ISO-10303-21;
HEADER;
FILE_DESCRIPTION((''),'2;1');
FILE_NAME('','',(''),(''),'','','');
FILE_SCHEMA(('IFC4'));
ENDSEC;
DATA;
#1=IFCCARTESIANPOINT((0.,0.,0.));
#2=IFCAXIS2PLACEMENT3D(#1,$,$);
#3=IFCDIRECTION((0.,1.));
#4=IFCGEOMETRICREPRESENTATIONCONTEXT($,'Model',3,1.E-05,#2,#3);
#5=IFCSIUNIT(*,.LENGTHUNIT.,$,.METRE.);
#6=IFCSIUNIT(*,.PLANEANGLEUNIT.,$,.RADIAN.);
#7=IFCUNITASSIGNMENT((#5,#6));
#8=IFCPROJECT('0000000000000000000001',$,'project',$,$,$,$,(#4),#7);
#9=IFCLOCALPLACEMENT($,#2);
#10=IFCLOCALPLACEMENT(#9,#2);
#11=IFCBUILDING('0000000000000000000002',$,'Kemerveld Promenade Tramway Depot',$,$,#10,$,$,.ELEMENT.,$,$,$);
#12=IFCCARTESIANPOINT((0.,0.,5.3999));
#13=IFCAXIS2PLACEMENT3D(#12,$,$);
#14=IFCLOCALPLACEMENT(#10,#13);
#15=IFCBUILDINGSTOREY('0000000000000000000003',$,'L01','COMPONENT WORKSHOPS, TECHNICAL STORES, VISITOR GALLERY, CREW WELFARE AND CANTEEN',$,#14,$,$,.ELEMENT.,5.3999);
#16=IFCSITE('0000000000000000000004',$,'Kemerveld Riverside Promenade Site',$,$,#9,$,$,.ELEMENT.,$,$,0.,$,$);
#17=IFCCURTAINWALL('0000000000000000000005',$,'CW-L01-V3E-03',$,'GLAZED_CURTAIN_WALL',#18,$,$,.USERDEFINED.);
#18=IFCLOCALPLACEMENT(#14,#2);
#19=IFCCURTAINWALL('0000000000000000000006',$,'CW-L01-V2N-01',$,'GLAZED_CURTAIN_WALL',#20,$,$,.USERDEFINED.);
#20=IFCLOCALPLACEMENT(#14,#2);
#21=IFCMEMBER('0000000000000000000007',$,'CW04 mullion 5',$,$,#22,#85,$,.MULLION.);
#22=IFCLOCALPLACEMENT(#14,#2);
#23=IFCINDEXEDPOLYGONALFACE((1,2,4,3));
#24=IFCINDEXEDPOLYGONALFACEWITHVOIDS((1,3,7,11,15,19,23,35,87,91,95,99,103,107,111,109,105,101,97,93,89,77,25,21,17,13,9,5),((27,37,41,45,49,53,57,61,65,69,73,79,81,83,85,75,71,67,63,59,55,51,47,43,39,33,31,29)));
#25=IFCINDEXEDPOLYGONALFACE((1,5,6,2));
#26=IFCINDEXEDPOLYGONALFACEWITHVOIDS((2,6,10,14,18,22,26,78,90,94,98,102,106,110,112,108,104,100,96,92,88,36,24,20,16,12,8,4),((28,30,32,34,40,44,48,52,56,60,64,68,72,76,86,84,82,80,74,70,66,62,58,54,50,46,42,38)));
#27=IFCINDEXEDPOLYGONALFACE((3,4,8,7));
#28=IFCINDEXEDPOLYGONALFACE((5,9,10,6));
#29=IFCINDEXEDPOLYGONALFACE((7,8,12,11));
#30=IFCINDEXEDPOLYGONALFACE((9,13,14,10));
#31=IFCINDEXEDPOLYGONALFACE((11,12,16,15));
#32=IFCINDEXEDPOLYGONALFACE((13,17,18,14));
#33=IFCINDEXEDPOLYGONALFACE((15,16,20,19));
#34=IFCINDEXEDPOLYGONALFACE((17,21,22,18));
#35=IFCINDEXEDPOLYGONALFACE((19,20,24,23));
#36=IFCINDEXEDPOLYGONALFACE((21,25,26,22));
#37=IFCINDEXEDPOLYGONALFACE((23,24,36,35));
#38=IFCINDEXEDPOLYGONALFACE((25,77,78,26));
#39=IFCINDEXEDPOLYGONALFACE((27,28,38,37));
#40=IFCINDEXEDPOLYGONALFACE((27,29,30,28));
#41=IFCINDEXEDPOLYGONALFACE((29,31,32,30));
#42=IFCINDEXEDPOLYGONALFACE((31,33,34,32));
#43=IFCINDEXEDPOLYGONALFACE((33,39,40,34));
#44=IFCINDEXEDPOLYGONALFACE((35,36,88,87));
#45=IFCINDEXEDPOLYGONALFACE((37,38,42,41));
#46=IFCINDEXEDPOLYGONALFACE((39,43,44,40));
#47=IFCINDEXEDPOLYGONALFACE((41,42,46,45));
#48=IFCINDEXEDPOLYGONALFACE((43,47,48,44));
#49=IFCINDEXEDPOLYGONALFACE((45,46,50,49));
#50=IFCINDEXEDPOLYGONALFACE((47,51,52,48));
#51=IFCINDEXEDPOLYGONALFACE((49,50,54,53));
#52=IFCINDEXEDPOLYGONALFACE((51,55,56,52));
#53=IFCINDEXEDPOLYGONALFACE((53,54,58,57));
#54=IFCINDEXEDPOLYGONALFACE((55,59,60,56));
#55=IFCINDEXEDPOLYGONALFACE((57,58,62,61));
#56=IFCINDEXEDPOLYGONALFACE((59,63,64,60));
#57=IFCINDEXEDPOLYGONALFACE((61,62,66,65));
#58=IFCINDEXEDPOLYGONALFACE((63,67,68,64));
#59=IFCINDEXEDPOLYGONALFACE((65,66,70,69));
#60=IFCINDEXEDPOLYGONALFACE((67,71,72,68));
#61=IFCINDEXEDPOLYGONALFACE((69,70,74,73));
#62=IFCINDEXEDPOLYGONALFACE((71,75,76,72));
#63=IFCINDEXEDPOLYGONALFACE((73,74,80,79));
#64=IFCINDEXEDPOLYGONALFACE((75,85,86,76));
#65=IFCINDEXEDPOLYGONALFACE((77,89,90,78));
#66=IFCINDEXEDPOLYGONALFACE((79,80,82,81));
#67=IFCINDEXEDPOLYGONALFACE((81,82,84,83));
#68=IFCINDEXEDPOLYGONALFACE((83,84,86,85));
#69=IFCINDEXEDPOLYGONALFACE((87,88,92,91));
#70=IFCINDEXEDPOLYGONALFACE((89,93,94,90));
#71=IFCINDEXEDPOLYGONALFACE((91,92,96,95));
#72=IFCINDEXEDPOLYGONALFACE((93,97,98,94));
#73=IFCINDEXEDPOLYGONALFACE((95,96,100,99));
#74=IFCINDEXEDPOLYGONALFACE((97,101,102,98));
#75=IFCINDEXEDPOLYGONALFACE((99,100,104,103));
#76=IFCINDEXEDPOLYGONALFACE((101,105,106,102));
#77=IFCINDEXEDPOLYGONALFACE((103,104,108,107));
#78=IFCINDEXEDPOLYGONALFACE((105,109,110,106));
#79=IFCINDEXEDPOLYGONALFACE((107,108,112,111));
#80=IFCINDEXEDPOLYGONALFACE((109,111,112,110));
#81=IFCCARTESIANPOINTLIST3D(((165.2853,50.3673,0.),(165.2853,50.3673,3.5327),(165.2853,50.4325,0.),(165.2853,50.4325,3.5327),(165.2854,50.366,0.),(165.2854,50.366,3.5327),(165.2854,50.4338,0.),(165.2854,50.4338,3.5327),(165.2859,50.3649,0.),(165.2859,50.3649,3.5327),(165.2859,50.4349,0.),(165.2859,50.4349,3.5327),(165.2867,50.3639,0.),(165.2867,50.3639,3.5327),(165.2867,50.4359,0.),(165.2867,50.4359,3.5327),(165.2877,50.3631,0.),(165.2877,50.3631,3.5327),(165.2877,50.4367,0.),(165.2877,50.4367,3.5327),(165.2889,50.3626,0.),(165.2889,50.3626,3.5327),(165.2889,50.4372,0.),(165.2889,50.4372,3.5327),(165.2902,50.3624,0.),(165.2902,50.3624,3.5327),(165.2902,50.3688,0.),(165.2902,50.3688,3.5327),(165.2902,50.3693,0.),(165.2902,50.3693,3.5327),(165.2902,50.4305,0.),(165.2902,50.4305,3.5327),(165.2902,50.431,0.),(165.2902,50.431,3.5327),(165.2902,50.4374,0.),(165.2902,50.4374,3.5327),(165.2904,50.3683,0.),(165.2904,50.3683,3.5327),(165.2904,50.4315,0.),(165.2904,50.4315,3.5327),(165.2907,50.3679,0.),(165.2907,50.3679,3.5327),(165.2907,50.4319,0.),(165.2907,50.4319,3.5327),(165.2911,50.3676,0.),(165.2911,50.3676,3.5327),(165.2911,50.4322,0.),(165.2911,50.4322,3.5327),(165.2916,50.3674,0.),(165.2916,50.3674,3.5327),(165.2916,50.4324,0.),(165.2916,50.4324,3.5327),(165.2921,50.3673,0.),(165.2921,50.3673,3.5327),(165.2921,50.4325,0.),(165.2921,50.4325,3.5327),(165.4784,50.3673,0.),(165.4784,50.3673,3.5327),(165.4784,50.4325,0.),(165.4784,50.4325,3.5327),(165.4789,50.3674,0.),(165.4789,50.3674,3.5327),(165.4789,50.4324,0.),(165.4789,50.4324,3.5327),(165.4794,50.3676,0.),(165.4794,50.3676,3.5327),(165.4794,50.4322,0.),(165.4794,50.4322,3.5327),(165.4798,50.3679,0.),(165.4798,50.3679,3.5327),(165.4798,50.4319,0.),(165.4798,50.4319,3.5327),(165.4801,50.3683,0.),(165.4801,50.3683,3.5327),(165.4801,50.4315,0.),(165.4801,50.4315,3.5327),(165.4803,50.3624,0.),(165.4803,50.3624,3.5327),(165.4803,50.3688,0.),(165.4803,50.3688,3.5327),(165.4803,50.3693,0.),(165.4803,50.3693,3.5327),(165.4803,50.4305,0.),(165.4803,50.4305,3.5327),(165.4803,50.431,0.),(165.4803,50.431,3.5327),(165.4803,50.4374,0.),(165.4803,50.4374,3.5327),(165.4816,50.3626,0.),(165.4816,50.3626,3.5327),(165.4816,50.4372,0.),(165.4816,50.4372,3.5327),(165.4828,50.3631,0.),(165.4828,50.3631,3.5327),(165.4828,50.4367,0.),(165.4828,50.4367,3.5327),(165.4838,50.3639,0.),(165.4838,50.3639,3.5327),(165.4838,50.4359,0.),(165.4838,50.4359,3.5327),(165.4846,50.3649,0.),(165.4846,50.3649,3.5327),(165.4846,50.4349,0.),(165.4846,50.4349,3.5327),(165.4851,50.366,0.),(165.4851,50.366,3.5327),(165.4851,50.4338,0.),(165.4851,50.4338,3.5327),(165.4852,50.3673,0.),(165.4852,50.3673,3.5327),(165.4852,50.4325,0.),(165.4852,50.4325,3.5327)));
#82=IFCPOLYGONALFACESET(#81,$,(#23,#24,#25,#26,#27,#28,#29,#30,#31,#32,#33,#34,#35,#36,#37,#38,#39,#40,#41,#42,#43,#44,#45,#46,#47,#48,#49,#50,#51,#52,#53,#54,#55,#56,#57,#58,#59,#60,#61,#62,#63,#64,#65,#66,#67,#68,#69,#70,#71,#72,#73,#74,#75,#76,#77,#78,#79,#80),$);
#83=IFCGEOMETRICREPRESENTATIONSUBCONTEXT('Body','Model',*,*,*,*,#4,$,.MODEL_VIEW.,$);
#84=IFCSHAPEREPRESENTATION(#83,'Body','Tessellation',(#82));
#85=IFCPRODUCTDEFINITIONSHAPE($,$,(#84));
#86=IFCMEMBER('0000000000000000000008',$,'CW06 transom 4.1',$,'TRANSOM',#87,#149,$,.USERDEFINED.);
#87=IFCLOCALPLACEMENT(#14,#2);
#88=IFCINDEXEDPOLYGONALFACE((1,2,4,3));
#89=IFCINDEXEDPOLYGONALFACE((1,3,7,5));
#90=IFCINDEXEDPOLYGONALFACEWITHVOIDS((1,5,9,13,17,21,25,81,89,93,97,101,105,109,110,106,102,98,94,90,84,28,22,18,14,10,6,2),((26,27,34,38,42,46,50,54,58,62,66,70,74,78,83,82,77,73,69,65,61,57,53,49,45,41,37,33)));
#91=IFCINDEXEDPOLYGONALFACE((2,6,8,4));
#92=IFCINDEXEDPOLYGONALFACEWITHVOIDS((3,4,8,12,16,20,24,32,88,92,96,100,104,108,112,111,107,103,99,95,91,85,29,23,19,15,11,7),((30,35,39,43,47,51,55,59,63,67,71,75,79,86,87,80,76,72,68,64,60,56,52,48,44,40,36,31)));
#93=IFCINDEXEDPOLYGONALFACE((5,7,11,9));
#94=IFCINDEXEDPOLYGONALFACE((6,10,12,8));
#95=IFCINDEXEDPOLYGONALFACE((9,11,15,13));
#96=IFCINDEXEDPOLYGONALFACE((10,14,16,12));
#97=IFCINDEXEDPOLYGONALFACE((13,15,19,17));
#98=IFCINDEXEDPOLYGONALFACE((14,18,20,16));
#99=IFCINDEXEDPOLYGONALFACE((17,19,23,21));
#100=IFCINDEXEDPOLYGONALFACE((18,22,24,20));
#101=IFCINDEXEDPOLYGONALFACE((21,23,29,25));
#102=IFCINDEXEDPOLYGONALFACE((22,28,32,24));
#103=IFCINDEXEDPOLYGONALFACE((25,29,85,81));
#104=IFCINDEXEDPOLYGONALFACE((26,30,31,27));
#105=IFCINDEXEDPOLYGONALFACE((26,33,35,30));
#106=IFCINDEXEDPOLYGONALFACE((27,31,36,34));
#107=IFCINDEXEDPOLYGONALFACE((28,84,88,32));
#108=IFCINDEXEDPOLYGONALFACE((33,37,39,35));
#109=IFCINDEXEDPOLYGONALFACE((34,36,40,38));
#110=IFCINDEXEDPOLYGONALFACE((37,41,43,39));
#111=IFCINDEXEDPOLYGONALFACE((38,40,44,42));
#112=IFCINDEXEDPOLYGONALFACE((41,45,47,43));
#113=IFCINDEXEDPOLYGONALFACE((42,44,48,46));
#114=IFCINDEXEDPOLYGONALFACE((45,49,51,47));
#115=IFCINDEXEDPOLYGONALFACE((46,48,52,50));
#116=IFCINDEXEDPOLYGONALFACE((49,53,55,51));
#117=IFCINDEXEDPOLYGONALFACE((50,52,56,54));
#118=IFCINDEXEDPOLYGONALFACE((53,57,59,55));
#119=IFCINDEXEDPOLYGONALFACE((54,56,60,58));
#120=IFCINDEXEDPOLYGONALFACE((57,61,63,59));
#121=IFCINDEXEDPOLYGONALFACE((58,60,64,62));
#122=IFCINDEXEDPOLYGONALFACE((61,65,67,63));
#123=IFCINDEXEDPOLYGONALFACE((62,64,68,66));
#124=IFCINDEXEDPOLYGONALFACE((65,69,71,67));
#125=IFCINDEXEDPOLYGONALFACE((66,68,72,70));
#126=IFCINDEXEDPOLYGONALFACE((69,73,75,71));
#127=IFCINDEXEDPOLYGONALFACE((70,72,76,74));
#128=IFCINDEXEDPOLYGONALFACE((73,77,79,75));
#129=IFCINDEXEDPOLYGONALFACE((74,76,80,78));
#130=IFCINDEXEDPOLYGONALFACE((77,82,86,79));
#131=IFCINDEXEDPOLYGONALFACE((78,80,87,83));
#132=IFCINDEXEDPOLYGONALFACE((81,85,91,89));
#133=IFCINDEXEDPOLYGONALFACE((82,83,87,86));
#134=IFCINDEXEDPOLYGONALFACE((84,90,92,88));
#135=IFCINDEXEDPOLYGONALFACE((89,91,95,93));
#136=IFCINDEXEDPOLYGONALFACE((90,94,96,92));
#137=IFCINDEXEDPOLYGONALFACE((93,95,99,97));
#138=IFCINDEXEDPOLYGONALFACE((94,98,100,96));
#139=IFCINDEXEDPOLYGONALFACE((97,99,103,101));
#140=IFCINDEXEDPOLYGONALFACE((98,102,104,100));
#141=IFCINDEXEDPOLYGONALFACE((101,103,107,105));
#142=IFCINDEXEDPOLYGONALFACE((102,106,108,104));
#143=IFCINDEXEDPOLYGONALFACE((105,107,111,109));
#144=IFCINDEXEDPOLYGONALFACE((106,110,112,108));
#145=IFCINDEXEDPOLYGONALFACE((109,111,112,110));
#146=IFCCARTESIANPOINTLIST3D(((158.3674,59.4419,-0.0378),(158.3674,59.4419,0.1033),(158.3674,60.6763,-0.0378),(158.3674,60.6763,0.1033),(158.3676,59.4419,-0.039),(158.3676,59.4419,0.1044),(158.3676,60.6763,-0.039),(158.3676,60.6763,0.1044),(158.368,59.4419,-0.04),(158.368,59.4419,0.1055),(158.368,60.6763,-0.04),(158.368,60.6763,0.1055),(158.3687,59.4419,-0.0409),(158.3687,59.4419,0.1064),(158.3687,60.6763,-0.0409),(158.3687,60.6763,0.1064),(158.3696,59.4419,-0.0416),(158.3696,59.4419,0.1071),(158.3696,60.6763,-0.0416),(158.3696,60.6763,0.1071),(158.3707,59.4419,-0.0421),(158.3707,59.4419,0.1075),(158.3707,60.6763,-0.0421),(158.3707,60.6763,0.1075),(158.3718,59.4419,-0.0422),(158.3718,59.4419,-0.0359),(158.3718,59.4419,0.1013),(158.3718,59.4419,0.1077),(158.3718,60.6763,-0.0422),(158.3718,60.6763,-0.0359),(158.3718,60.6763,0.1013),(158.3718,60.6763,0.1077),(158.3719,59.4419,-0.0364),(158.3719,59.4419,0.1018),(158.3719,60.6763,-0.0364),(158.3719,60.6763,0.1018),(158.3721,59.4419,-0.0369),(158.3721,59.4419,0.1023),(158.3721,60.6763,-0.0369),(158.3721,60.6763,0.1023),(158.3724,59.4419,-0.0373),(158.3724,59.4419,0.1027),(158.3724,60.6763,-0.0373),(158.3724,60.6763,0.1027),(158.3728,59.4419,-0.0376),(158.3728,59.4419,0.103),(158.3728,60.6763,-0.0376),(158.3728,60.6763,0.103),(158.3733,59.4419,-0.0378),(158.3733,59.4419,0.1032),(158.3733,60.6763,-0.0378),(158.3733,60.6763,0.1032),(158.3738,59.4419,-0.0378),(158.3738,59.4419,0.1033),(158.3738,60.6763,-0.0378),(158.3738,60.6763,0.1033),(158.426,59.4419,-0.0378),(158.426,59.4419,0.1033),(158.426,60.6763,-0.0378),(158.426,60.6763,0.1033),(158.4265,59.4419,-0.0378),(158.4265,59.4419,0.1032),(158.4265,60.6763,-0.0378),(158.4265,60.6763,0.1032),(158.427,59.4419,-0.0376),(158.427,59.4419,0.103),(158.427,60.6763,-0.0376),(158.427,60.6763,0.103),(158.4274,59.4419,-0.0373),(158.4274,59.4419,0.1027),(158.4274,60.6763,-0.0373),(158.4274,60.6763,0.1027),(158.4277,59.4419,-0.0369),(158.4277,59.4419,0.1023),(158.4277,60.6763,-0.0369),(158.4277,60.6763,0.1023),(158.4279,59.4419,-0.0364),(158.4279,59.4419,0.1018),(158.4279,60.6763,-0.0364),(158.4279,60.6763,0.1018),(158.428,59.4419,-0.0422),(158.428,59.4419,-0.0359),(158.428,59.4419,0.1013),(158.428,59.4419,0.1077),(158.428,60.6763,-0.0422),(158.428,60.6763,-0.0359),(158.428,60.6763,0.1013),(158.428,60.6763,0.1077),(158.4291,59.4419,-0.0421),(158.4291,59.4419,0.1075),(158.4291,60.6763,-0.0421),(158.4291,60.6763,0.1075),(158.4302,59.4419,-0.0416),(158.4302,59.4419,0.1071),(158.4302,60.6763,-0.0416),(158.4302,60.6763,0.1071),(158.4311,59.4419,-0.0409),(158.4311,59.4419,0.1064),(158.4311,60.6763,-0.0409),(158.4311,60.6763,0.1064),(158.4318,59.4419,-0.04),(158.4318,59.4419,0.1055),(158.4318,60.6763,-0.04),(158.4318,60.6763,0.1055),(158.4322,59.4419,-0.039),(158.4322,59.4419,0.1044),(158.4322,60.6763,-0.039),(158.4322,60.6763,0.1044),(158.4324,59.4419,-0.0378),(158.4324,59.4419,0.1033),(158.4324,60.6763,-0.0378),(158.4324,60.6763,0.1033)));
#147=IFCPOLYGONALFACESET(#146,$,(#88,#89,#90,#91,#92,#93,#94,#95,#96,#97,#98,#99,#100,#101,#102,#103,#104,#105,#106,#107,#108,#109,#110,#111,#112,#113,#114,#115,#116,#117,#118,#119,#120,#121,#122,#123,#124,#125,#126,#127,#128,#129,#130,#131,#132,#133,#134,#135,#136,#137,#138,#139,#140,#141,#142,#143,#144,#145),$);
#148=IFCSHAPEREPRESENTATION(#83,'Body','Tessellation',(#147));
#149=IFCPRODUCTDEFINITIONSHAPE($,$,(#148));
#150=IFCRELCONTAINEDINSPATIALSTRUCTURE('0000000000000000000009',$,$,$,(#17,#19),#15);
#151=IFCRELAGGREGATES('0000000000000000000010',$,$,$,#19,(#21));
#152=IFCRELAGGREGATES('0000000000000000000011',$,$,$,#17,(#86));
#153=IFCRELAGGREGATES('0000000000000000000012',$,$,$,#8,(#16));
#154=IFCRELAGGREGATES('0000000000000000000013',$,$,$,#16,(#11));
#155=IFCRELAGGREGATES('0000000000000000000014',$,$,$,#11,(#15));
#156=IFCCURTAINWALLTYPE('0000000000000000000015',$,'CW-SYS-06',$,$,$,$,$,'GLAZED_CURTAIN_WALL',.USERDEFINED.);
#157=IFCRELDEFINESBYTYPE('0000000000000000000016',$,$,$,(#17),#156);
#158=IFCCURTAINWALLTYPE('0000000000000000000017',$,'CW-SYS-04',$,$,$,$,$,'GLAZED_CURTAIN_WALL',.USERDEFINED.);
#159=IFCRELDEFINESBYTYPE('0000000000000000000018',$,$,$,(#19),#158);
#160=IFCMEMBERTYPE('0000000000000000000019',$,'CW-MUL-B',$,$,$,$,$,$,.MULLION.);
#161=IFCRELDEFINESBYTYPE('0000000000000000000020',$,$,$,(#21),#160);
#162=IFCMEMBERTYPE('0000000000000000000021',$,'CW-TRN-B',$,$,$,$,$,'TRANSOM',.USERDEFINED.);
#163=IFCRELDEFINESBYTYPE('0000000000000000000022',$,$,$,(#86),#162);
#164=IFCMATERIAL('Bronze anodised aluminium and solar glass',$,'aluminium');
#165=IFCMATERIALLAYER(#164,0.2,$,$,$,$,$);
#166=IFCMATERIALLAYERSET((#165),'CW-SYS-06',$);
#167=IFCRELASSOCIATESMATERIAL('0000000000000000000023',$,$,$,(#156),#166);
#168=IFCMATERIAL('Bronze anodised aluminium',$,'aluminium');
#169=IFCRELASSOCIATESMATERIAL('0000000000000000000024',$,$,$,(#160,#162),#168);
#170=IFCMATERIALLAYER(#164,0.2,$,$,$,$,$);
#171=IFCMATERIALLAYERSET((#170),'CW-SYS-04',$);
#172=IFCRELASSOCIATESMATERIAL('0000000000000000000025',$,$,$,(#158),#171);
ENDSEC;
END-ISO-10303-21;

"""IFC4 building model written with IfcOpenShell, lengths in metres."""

from ifc_helpers import new_model, si_unit, direction, frame, origin, origin_2d, place, context, subcontext, project, spatial, hollow_rectangle, extrude, material, layer, layer_set, material_profile, profile_set, type_object, element, aggregate, save


model = new_model("IFC4")

# Units and contexts
model_context = context("Model", 3, precision=1e-05, world=origin(), true_north=direction((0.0, 1.0)))
body_context = subcontext(model_context, "Body", "Model", "MODEL_VIEW")
ifc_project = project(units=[si_unit("LENGTHUNIT", "METRE"), si_unit("PLANEANGLEUNIT", "RADIAN")], contexts=[model_context])

# Site, building, storey
site_placement = place(None, origin())
site = spatial("IfcSite", under=ifc_project, at=site_placement, Name="Kemerveld Riverside Promenade Site", CompositionType="ELEMENT", RefElevation=0.0)
building_placement = place(site_placement, origin())
building = spatial("IfcBuilding", under=site, at=building_placement, Name="Kemerveld Promenade Tramway Depot", CompositionType="ELEMENT")
storey_placement = place(building_placement, frame((0.0, 0.0, 5.3999)))
storey = spatial("IfcBuildingStorey", under=building, at=storey_placement, Name="L01", Description="COMPONENT WORKSHOPS, TECHNICAL STORES, VISITOR GALLERY, CREW WELFARE AND CANTEEN", CompositionType="ELEMENT", Elevation=5.3999)

# Curtain walls, member
ifc_material_1 = material(Name="Bronze anodised aluminium and solar glass", Category="aluminium")
ifc_layer_1 = layer(ifc_material_1, 0.2)
ifc_layer_set_1 = layer_set([ifc_layer_1], Name="CW-SYS-06")
curtain_wall_type_1 = type_object("IfcCurtainWallType", Name="CW-SYS-06", ElementType="GLAZED_CURTAIN_WALL", PredefinedType="USERDEFINED", material=ifc_layer_set_1)
curtain_wall_1_placement = place(storey_placement, origin())
curtain_wall_1 = element("IfcCurtainWall", 1, at=curtain_wall_1_placement, inside=storey, type_object=curtain_wall_type_1, Name="CW-L01-V3E-03", ObjectType="GLAZED_CURTAIN_WALL", PredefinedType="USERDEFINED")
ifc_material_2 = material(Name="Bronze anodised aluminium", Category="aluminium")
ifc_material_profile_1 = material_profile(ifc_material_2, hollow_rectangle(XDim=0.075, YDim=0.2, WallThickness=0.0049, InnerFilletRadius=0.002, OuterFilletRadius=0.0049, at=origin_2d()), Name="CW-MUL-200x75")
ifc_profile_set_1 = profile_set([ifc_material_profile_1], Name="Bronze anodised aluminium")
member_type_1 = type_object("IfcMemberType", Name="CW-MUL-B", PredefinedType="MULLION", material=ifc_profile_set_1)
ifc_layer_2 = layer(ifc_material_1, 0.2)
ifc_layer_set_2 = layer_set([ifc_layer_2], Name="CW-SYS-04")
curtain_wall_type_2 = type_object("IfcCurtainWallType", Name="CW-SYS-04", ElementType="GLAZED_CURTAIN_WALL", PredefinedType="USERDEFINED", material=ifc_layer_set_2)
curtain_wall_2_placement = place(storey_placement, origin())
curtain_wall_2 = element("IfcCurtainWall", 2, at=curtain_wall_2_placement, inside=storey, type_object=curtain_wall_type_2, Name="CW-L01-V2N-01", ObjectType="GLAZED_CURTAIN_WALL", PredefinedType="USERDEFINED")
member_1_placement = place(storey_placement, frame((165.3853, 50.3999, 0.0), z_axis=(0.0, 0.0, 1.0), x_axis=(0.0, 1.0, 0.0)))
member_1 = element("IfcMember", 3, at=member_1_placement, type_object=member_type_1, Name="CW04 mullion 5", PredefinedType="MULLION", context=body_context, shape_type="SweptSolid", body=[
    extrude(hollow_rectangle(XDim=0.075, YDim=0.2, WallThickness=0.0049, InnerFilletRadius=0.002, OuterFilletRadius=0.0049, at=origin_2d()), origin(), (0.0, 0.0, 1.0), 3.5327),
])

# Member
ifc_material_profile_2 = material_profile(ifc_material_2, hollow_rectangle(XDim=0.0649, YDim=0.1499, WallThickness=0.0044, InnerFilletRadius=0.002, OuterFilletRadius=0.0044, at=origin_2d()), Name="CW-TRN-150x65")
ifc_profile_set_2 = profile_set([ifc_material_profile_2], Name="Bronze anodised aluminium")
member_type_2 = type_object("IfcMemberType", Name="CW-TRN-B", ElementType="TRANSOM", PredefinedType="USERDEFINED", material=ifc_profile_set_2)
member_2_placement = place(storey_placement, frame((158.3999, 60.6763, 0.0327), z_axis=(0.0, -1.0, 0.0), x_axis=(1.0, 0.0, 0.0)))
member_2 = element("IfcMember", 4, at=member_2_placement, type_object=member_type_2, Name="CW06 transom 4.1", ObjectType="TRANSOM", PredefinedType="USERDEFINED", context=body_context, shape_type="SweptSolid", body=[
    extrude(hollow_rectangle(XDim=0.0649, YDim=0.1499, WallThickness=0.0044, InnerFilletRadius=0.002, OuterFilletRadius=0.0044, at=origin_2d()), origin(), (0.0, 0.0, 1.0), 1.2344),
])

aggregate(curtain_wall_2, [member_1])
aggregate(curtain_wall_1, [member_2])

save(model, "model.ifc")
